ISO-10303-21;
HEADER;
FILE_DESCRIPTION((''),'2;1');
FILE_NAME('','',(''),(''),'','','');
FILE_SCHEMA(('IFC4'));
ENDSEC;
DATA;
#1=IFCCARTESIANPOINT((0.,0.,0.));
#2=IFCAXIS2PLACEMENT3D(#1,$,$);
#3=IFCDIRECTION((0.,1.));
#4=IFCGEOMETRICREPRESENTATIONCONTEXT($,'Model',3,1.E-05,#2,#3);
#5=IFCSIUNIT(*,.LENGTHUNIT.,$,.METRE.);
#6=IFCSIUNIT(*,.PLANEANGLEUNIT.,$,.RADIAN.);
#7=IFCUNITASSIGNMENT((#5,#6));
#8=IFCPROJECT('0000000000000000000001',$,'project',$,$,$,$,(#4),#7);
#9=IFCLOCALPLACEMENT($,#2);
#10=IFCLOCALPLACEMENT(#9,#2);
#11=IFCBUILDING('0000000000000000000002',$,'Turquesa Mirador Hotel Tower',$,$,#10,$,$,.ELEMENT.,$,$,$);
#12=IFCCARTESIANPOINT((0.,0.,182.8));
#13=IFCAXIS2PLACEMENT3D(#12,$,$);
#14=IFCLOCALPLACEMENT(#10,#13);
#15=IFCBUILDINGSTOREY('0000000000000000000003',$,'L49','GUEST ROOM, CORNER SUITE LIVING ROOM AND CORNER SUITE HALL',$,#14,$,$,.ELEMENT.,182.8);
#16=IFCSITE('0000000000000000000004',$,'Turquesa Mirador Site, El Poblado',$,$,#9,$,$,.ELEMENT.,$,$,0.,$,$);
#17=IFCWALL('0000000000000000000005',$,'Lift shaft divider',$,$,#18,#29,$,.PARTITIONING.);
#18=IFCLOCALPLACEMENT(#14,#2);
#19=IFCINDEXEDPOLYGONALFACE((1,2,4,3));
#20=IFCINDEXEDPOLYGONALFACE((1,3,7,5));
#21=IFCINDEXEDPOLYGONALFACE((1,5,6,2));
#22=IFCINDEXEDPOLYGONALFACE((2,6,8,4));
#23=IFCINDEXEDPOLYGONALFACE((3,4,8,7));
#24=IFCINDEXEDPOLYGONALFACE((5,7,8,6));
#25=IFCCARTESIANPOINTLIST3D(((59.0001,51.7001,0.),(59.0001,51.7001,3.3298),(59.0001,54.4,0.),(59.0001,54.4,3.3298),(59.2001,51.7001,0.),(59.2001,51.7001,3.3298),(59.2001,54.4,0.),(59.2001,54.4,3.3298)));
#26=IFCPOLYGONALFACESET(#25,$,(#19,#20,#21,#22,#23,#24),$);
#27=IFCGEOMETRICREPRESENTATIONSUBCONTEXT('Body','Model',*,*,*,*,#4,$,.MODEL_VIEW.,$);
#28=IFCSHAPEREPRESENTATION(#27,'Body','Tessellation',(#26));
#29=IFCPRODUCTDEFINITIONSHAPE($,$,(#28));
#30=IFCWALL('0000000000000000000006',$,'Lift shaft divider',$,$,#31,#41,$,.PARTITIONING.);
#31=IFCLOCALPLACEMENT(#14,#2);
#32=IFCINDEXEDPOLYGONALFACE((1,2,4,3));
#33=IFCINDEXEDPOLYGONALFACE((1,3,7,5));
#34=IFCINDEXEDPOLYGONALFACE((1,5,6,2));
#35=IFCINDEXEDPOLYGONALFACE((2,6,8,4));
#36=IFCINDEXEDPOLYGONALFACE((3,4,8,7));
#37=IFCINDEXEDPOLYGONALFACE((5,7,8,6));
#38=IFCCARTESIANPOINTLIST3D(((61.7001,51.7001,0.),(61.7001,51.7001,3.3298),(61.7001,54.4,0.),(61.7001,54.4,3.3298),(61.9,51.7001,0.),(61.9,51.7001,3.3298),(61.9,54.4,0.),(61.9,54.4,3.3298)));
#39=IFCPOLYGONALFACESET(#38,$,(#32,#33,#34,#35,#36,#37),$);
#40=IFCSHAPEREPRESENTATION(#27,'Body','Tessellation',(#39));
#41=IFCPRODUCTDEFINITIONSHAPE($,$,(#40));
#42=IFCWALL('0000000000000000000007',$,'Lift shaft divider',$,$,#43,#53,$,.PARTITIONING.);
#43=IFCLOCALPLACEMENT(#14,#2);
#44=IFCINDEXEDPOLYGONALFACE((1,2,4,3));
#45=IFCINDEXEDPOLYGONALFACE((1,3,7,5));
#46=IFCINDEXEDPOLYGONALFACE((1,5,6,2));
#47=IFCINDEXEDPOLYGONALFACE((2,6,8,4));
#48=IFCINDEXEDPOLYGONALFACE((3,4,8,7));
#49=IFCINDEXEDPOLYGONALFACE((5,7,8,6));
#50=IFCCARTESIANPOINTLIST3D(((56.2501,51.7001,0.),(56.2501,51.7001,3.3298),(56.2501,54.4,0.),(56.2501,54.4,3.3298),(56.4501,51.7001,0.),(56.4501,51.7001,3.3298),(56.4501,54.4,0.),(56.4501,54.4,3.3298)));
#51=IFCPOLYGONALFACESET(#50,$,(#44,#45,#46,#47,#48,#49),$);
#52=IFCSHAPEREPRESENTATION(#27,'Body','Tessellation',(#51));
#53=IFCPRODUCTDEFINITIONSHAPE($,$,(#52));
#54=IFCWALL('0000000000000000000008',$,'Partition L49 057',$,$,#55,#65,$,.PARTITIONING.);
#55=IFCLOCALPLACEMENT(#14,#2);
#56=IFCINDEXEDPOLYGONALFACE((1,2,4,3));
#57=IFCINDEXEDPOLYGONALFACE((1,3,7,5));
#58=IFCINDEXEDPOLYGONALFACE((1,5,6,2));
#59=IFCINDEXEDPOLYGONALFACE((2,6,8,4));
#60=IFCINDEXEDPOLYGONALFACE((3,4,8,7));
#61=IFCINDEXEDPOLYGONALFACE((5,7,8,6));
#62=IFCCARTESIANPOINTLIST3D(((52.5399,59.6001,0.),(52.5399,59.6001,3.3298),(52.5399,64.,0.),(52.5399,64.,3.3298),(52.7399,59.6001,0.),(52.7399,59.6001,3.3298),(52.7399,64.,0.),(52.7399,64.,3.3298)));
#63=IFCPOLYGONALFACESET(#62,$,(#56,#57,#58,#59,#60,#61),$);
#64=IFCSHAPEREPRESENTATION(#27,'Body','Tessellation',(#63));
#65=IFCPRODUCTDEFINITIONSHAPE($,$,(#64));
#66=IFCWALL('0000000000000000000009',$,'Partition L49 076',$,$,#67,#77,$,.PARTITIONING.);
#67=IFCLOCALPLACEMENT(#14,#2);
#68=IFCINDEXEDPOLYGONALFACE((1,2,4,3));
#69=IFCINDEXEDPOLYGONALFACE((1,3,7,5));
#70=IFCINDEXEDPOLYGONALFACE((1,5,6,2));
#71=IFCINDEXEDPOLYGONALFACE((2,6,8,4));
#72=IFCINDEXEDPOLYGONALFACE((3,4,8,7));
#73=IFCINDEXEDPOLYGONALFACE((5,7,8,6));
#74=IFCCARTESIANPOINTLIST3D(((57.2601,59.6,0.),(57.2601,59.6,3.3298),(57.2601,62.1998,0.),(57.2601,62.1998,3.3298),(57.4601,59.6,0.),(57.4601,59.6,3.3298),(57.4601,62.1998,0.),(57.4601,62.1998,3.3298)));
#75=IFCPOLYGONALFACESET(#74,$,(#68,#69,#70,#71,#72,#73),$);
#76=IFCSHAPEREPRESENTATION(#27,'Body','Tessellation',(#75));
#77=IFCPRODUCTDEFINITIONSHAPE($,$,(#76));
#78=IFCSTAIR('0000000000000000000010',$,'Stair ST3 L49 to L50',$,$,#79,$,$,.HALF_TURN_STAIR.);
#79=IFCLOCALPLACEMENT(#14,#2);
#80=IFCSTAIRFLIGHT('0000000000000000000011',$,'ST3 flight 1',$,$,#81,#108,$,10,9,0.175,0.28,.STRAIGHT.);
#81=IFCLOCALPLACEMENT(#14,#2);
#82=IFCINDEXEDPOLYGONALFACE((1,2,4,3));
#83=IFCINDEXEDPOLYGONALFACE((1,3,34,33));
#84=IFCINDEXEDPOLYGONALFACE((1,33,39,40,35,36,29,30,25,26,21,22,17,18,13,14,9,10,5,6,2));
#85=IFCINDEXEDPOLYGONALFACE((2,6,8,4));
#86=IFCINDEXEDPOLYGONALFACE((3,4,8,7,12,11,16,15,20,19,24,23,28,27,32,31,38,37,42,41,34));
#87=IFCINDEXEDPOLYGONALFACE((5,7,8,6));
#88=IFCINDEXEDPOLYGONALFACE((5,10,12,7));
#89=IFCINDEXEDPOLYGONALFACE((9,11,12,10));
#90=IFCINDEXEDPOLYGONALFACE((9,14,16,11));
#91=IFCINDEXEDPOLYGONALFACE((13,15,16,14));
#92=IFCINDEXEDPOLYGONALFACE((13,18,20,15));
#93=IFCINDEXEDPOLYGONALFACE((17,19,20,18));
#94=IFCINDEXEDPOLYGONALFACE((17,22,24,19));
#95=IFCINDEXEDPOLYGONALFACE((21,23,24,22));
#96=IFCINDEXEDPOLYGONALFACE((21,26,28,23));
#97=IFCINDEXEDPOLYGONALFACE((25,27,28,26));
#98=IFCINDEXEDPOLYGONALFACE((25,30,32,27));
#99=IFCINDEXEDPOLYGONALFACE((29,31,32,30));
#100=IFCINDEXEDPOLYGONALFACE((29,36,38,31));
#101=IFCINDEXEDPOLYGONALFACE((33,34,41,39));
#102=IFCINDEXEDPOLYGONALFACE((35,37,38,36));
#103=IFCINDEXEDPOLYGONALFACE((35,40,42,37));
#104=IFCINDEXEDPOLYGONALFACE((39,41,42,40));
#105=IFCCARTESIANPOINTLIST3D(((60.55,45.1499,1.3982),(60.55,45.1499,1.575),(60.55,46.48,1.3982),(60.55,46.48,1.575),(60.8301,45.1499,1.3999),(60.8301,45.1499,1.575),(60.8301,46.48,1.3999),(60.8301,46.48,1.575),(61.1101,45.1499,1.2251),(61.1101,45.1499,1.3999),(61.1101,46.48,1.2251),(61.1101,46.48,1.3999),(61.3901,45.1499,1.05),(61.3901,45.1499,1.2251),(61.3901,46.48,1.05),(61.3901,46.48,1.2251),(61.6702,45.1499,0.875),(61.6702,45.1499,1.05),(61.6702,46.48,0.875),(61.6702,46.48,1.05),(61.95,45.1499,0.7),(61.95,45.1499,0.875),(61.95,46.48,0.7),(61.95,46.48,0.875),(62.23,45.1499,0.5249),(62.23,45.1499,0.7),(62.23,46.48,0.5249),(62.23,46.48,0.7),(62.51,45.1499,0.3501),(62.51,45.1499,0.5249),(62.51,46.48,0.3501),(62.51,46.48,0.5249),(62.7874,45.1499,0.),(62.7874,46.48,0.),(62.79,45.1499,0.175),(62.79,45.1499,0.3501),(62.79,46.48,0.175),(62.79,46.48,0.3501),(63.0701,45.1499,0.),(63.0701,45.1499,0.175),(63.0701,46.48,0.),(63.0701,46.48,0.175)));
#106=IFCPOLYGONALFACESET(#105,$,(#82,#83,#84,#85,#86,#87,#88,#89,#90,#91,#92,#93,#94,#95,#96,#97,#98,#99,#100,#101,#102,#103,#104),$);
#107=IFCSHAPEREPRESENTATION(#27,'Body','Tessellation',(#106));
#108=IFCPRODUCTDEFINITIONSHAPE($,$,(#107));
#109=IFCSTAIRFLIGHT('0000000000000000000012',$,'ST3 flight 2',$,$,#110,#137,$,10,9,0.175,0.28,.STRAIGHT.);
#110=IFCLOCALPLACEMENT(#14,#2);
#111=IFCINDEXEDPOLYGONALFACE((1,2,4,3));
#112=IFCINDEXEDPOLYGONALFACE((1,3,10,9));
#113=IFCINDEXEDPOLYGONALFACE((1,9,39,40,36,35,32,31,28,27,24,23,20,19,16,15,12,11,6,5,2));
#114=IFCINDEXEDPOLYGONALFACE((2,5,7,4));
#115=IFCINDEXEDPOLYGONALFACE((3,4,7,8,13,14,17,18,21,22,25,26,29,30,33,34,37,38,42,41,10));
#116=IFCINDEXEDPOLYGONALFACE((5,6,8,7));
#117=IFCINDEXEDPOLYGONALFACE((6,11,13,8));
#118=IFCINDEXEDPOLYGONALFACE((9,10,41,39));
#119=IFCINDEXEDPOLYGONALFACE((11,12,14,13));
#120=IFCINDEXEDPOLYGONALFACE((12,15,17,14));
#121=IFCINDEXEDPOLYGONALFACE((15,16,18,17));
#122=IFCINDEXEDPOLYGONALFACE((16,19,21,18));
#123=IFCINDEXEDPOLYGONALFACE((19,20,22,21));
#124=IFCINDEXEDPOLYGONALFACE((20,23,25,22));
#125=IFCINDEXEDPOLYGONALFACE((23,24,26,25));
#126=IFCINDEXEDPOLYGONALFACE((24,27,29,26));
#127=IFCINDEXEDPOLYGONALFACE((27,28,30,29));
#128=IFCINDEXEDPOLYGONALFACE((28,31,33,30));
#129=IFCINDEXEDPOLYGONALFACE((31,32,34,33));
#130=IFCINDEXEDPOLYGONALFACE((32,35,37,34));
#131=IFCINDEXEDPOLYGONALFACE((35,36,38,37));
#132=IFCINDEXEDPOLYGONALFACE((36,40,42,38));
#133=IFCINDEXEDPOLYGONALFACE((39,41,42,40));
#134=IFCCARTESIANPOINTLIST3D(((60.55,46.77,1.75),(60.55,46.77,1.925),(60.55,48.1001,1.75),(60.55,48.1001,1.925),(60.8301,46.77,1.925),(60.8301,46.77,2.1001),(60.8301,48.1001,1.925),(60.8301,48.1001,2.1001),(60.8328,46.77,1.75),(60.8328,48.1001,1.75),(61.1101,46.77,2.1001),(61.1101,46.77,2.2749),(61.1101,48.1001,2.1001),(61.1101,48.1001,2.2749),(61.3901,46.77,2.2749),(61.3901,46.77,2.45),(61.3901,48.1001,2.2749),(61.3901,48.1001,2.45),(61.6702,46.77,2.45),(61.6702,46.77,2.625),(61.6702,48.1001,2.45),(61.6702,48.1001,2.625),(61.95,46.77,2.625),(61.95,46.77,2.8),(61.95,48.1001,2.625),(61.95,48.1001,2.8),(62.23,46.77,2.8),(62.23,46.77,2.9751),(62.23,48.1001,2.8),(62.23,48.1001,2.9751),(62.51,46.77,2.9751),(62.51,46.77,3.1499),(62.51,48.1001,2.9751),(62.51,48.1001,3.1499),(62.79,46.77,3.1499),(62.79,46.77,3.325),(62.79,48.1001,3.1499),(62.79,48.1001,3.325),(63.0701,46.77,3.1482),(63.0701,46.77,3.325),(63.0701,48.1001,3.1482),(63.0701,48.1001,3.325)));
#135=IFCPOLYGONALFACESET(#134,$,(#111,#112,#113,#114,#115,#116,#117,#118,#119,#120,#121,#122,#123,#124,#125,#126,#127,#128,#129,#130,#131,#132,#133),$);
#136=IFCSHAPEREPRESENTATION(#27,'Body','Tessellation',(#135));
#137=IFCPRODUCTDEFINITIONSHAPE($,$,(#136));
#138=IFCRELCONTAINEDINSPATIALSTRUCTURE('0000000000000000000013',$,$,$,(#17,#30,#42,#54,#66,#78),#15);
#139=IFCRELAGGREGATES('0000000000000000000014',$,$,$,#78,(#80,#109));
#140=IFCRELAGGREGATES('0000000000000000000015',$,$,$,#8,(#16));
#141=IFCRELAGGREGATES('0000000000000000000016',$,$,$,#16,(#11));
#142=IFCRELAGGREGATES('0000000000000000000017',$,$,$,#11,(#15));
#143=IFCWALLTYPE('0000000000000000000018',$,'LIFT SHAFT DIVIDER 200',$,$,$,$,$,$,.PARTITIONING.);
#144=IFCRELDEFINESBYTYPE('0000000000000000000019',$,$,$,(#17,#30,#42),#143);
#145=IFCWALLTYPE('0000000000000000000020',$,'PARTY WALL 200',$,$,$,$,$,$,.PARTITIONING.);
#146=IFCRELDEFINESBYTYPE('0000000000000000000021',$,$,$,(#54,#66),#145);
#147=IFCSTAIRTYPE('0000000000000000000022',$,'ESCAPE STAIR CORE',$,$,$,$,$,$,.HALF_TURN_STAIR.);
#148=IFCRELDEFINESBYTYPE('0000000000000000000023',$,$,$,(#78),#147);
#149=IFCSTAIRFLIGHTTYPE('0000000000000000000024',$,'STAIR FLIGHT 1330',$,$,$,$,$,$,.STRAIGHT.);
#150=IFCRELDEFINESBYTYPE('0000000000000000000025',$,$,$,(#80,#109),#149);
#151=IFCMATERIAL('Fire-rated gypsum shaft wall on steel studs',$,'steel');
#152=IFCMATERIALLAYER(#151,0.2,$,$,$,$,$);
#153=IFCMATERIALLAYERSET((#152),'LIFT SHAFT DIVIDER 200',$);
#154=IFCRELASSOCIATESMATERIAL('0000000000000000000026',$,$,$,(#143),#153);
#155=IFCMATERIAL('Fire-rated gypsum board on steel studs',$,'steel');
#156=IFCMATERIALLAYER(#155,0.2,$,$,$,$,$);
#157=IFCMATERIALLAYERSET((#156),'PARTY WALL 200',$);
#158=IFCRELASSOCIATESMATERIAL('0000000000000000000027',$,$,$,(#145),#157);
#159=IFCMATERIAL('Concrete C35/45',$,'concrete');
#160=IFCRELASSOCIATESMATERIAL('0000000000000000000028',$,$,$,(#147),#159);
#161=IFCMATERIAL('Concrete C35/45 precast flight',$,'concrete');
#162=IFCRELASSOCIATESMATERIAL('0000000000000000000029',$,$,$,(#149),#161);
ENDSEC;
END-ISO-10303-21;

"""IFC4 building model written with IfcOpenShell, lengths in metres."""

from ifc_helpers import new_model, si_unit, direction, frame, frame_2d, origin, place, context, subcontext, project, spatial, polyline, rectangle, outline, extrude, material, layer, layer_set, type_object, element, aggregate, save


model = new_model("IFC4")

# Units and contexts
model_context = context("Model", 3, precision=1e-05, world=origin(), true_north=direction((0.0, 1.0)))
body_context = subcontext(model_context, "Body", "Model", "MODEL_VIEW")
ifc_project = project(units=[si_unit("LENGTHUNIT", "METRE"), si_unit("PLANEANGLEUNIT", "RADIAN")], contexts=[model_context])

# Site, building, storey
site_placement = place(None, origin())
site = spatial("IfcSite", under=ifc_project, at=site_placement, Name="Turquesa Mirador Site, El Poblado", CompositionType="ELEMENT", RefElevation=0.0)
building_placement = place(site_placement, origin())
building = spatial("IfcBuilding", under=site, at=building_placement, Name="Turquesa Mirador Hotel Tower", CompositionType="ELEMENT")
storey_placement = place(building_placement, frame((0.0, 0.0, 182.8)))
storey = spatial("IfcBuildingStorey", under=building, at=storey_placement, Name="L49", Description="GUEST ROOM, CORNER SUITE LIVING ROOM AND CORNER SUITE HALL", CompositionType="ELEMENT", Elevation=182.8)

# Walls
ifc_material_1 = material(Name="Fire-rated gypsum shaft wall on steel studs", Category="steel")
ifc_layer_1 = layer(ifc_material_1, 0.2)
ifc_layer_set_1 = layer_set([ifc_layer_1], Name="LIFT SHAFT DIVIDER 200")
wall_type_1 = type_object("IfcWallType", Name="LIFT SHAFT DIVIDER 200", PredefinedType="PARTITIONING", material=ifc_layer_set_1)
for number, where, z_axis, x_axis, name in (
    (1, (59.1001, 51.7, 0.0), (0.0, 0.0, 1.0), (0.0, 1.0, 0.0), "Lift shaft divider"),
    (2, (61.8, 51.7, 0.0), (0.0, 0.0, 1.0), (0.0, 1.0, 0.0), "Lift shaft divider"),
    (3, (56.3501, 51.7, 0.0), (0.0, 0.0, 1.0), (0.0, 1.0, 0.0), "Lift shaft divider"),
):
    element("IfcWall", number, at=place(storey_placement, frame(where, z_axis=z_axis, x_axis=x_axis)), inside=storey, type_object=wall_type_1, Name=name, PredefinedType="PARTITIONING", context=body_context, shape_type="SweptSolid", body=[
        extrude(rectangle(XDim=2.7, YDim=0.2, at=frame_2d((1.3501, 0.0))), origin(), (0.0, 0.0, 1.0), 3.3298),
    ])
ifc_material_2 = material(Name="Fire-rated gypsum board on steel studs", Category="steel")
ifc_layer_2 = layer(ifc_material_2, 0.2)
ifc_layer_set_2 = layer_set([ifc_layer_2], Name="PARTY WALL 200")
wall_type_2 = type_object("IfcWallType", Name="PARTY WALL 200", PredefinedType="PARTITIONING", material=ifc_layer_set_2)
wall_1_placement = place(storey_placement, frame((52.6399, 59.6001, 0.0), z_axis=(0.0, 0.0, 1.0), x_axis=(0.0, 1.0, 0.0)))
element("IfcWall", 4, at=wall_1_placement, inside=storey, type_object=wall_type_2, Name="Partition L49 057", PredefinedType="PARTITIONING", context=body_context, shape_type="SweptSolid", body=[
    extrude(rectangle(XDim=4.3999, YDim=0.2, at=frame_2d((2.2, 0.0))), origin(), (0.0, 0.0, 1.0), 3.3298),
])
wall_2_placement = place(storey_placement, frame((57.3601, 59.6001, 0.0), z_axis=(0.0, 0.0, 1.0), x_axis=(0.0, 1.0, 0.0)))
element("IfcWall", 5, at=wall_2_placement, inside=storey, type_object=wall_type_2, Name="Partition L49 076", PredefinedType="PARTITIONING", context=body_context, shape_type="SweptSolid", body=[
    extrude(rectangle(XDim=2.5999, YDim=0.2, at=frame_2d((1.2998, 0.0))), origin(), (0.0, 0.0, 1.0), 3.3298),
])

# Stair, stair flights
ifc_material_3 = material(Name="Concrete C35/45", Category="concrete")
stair_type = type_object("IfcStairType", Name="ESCAPE STAIR CORE", PredefinedType="HALF_TURN_STAIR", material=ifc_material_3)
stair_placement = place(storey_placement, origin())
stair = element("IfcStair", 6, at=stair_placement, inside=storey, type_object=stair_type, Name="Stair ST3 L49 to L50", PredefinedType="HALF_TURN_STAIR")
ifc_material_4 = material(Name="Concrete C35/45 precast flight", Category="concrete")
stair_flight_type = type_object("IfcStairFlightType", Name="STAIR FLIGHT 1330", PredefinedType="STRAIGHT", material=ifc_material_4)
stair_flight_1_placement = place(storey_placement, frame((63.0701, 45.8149, 0.0), z_axis=(0.0, 0.0, 1.0), x_axis=(-1.0, 0.0, 0.0)))
stair_flight_1 = element("IfcStairFlight", 7, at=stair_flight_1_placement, type_object=stair_flight_type, Name="ST3 flight 1", NumberOfRisers=10, NumberOfTreads=9, PredefinedType="STRAIGHT", RiserHeight=0.175, TreadLength=0.28, context=body_context, shape_type="SweptSolid", body=[
    extrude(outline(polyline([(0.0, 0.0), (0.0, 0.175), (0.28, 0.175), (0.28, 0.3501), (0.5601, 0.3501), (0.5601, 0.5249), (0.8401, 0.5249), (0.8401, 0.7), (1.1201, 0.7), (1.1201, 0.875), (1.3999, 0.875), (1.3999, 1.05), (1.6799, 1.05), (1.6799, 1.2251), (1.96, 1.2251), (1.96, 1.3999), (2.24, 1.3999), (2.24, 1.575), (2.52, 1.575), (2.52, 1.75), (2.52, 1.3982), (0.2827, 0.0), (0.0, 0.0)])), frame((0.0, 0.665, 0.0), z_axis=(0.0, -1.0, 0.0), x_axis=(1.0, 0.0, 0.0)), (0.0, 0.0, 1.0), 1.3301),
])
stair_flight_2_placement = place(storey_placement, frame((60.55, 47.4351, 1.75), z_axis=(0.0, 0.0, 1.0), x_axis=(1.0, 0.0, 0.0)))
stair_flight_2 = element("IfcStairFlight", 8, at=stair_flight_2_placement, type_object=stair_flight_type, Name="ST3 flight 2", NumberOfRisers=10, NumberOfTreads=9, PredefinedType="STRAIGHT", RiserHeight=0.175, TreadLength=0.28, context=body_context, shape_type="SweptSolid", body=[
    extrude(outline(polyline([(0.0, 0.0), (0.0, 0.175), (0.28, 0.175), (0.28, 0.3501), (0.5601, 0.3501), (0.5601, 0.5249), (0.8401, 0.5249), (0.8401, 0.7), (1.1201, 0.7), (1.1201, 0.875), (1.3999, 0.875), (1.3999, 1.05), (1.6799, 1.05), (1.6799, 1.2251), (1.96, 1.2251), (1.96, 1.3999), (2.24, 1.3999), (2.24, 1.575), (2.52, 1.575), (2.52, 1.75), (2.52, 1.3982), (0.2827, 0.0), (0.0, 0.0)])), frame((0.0, 0.665, 0.0), z_axis=(0.0, -1.0, 0.0), x_axis=(1.0, 0.0, 0.0)), (0.0, 0.0, 1.0), 1.3301),
])
aggregate(stair, [stair_flight_1, stair_flight_2])

save(model, "model.ifc")
